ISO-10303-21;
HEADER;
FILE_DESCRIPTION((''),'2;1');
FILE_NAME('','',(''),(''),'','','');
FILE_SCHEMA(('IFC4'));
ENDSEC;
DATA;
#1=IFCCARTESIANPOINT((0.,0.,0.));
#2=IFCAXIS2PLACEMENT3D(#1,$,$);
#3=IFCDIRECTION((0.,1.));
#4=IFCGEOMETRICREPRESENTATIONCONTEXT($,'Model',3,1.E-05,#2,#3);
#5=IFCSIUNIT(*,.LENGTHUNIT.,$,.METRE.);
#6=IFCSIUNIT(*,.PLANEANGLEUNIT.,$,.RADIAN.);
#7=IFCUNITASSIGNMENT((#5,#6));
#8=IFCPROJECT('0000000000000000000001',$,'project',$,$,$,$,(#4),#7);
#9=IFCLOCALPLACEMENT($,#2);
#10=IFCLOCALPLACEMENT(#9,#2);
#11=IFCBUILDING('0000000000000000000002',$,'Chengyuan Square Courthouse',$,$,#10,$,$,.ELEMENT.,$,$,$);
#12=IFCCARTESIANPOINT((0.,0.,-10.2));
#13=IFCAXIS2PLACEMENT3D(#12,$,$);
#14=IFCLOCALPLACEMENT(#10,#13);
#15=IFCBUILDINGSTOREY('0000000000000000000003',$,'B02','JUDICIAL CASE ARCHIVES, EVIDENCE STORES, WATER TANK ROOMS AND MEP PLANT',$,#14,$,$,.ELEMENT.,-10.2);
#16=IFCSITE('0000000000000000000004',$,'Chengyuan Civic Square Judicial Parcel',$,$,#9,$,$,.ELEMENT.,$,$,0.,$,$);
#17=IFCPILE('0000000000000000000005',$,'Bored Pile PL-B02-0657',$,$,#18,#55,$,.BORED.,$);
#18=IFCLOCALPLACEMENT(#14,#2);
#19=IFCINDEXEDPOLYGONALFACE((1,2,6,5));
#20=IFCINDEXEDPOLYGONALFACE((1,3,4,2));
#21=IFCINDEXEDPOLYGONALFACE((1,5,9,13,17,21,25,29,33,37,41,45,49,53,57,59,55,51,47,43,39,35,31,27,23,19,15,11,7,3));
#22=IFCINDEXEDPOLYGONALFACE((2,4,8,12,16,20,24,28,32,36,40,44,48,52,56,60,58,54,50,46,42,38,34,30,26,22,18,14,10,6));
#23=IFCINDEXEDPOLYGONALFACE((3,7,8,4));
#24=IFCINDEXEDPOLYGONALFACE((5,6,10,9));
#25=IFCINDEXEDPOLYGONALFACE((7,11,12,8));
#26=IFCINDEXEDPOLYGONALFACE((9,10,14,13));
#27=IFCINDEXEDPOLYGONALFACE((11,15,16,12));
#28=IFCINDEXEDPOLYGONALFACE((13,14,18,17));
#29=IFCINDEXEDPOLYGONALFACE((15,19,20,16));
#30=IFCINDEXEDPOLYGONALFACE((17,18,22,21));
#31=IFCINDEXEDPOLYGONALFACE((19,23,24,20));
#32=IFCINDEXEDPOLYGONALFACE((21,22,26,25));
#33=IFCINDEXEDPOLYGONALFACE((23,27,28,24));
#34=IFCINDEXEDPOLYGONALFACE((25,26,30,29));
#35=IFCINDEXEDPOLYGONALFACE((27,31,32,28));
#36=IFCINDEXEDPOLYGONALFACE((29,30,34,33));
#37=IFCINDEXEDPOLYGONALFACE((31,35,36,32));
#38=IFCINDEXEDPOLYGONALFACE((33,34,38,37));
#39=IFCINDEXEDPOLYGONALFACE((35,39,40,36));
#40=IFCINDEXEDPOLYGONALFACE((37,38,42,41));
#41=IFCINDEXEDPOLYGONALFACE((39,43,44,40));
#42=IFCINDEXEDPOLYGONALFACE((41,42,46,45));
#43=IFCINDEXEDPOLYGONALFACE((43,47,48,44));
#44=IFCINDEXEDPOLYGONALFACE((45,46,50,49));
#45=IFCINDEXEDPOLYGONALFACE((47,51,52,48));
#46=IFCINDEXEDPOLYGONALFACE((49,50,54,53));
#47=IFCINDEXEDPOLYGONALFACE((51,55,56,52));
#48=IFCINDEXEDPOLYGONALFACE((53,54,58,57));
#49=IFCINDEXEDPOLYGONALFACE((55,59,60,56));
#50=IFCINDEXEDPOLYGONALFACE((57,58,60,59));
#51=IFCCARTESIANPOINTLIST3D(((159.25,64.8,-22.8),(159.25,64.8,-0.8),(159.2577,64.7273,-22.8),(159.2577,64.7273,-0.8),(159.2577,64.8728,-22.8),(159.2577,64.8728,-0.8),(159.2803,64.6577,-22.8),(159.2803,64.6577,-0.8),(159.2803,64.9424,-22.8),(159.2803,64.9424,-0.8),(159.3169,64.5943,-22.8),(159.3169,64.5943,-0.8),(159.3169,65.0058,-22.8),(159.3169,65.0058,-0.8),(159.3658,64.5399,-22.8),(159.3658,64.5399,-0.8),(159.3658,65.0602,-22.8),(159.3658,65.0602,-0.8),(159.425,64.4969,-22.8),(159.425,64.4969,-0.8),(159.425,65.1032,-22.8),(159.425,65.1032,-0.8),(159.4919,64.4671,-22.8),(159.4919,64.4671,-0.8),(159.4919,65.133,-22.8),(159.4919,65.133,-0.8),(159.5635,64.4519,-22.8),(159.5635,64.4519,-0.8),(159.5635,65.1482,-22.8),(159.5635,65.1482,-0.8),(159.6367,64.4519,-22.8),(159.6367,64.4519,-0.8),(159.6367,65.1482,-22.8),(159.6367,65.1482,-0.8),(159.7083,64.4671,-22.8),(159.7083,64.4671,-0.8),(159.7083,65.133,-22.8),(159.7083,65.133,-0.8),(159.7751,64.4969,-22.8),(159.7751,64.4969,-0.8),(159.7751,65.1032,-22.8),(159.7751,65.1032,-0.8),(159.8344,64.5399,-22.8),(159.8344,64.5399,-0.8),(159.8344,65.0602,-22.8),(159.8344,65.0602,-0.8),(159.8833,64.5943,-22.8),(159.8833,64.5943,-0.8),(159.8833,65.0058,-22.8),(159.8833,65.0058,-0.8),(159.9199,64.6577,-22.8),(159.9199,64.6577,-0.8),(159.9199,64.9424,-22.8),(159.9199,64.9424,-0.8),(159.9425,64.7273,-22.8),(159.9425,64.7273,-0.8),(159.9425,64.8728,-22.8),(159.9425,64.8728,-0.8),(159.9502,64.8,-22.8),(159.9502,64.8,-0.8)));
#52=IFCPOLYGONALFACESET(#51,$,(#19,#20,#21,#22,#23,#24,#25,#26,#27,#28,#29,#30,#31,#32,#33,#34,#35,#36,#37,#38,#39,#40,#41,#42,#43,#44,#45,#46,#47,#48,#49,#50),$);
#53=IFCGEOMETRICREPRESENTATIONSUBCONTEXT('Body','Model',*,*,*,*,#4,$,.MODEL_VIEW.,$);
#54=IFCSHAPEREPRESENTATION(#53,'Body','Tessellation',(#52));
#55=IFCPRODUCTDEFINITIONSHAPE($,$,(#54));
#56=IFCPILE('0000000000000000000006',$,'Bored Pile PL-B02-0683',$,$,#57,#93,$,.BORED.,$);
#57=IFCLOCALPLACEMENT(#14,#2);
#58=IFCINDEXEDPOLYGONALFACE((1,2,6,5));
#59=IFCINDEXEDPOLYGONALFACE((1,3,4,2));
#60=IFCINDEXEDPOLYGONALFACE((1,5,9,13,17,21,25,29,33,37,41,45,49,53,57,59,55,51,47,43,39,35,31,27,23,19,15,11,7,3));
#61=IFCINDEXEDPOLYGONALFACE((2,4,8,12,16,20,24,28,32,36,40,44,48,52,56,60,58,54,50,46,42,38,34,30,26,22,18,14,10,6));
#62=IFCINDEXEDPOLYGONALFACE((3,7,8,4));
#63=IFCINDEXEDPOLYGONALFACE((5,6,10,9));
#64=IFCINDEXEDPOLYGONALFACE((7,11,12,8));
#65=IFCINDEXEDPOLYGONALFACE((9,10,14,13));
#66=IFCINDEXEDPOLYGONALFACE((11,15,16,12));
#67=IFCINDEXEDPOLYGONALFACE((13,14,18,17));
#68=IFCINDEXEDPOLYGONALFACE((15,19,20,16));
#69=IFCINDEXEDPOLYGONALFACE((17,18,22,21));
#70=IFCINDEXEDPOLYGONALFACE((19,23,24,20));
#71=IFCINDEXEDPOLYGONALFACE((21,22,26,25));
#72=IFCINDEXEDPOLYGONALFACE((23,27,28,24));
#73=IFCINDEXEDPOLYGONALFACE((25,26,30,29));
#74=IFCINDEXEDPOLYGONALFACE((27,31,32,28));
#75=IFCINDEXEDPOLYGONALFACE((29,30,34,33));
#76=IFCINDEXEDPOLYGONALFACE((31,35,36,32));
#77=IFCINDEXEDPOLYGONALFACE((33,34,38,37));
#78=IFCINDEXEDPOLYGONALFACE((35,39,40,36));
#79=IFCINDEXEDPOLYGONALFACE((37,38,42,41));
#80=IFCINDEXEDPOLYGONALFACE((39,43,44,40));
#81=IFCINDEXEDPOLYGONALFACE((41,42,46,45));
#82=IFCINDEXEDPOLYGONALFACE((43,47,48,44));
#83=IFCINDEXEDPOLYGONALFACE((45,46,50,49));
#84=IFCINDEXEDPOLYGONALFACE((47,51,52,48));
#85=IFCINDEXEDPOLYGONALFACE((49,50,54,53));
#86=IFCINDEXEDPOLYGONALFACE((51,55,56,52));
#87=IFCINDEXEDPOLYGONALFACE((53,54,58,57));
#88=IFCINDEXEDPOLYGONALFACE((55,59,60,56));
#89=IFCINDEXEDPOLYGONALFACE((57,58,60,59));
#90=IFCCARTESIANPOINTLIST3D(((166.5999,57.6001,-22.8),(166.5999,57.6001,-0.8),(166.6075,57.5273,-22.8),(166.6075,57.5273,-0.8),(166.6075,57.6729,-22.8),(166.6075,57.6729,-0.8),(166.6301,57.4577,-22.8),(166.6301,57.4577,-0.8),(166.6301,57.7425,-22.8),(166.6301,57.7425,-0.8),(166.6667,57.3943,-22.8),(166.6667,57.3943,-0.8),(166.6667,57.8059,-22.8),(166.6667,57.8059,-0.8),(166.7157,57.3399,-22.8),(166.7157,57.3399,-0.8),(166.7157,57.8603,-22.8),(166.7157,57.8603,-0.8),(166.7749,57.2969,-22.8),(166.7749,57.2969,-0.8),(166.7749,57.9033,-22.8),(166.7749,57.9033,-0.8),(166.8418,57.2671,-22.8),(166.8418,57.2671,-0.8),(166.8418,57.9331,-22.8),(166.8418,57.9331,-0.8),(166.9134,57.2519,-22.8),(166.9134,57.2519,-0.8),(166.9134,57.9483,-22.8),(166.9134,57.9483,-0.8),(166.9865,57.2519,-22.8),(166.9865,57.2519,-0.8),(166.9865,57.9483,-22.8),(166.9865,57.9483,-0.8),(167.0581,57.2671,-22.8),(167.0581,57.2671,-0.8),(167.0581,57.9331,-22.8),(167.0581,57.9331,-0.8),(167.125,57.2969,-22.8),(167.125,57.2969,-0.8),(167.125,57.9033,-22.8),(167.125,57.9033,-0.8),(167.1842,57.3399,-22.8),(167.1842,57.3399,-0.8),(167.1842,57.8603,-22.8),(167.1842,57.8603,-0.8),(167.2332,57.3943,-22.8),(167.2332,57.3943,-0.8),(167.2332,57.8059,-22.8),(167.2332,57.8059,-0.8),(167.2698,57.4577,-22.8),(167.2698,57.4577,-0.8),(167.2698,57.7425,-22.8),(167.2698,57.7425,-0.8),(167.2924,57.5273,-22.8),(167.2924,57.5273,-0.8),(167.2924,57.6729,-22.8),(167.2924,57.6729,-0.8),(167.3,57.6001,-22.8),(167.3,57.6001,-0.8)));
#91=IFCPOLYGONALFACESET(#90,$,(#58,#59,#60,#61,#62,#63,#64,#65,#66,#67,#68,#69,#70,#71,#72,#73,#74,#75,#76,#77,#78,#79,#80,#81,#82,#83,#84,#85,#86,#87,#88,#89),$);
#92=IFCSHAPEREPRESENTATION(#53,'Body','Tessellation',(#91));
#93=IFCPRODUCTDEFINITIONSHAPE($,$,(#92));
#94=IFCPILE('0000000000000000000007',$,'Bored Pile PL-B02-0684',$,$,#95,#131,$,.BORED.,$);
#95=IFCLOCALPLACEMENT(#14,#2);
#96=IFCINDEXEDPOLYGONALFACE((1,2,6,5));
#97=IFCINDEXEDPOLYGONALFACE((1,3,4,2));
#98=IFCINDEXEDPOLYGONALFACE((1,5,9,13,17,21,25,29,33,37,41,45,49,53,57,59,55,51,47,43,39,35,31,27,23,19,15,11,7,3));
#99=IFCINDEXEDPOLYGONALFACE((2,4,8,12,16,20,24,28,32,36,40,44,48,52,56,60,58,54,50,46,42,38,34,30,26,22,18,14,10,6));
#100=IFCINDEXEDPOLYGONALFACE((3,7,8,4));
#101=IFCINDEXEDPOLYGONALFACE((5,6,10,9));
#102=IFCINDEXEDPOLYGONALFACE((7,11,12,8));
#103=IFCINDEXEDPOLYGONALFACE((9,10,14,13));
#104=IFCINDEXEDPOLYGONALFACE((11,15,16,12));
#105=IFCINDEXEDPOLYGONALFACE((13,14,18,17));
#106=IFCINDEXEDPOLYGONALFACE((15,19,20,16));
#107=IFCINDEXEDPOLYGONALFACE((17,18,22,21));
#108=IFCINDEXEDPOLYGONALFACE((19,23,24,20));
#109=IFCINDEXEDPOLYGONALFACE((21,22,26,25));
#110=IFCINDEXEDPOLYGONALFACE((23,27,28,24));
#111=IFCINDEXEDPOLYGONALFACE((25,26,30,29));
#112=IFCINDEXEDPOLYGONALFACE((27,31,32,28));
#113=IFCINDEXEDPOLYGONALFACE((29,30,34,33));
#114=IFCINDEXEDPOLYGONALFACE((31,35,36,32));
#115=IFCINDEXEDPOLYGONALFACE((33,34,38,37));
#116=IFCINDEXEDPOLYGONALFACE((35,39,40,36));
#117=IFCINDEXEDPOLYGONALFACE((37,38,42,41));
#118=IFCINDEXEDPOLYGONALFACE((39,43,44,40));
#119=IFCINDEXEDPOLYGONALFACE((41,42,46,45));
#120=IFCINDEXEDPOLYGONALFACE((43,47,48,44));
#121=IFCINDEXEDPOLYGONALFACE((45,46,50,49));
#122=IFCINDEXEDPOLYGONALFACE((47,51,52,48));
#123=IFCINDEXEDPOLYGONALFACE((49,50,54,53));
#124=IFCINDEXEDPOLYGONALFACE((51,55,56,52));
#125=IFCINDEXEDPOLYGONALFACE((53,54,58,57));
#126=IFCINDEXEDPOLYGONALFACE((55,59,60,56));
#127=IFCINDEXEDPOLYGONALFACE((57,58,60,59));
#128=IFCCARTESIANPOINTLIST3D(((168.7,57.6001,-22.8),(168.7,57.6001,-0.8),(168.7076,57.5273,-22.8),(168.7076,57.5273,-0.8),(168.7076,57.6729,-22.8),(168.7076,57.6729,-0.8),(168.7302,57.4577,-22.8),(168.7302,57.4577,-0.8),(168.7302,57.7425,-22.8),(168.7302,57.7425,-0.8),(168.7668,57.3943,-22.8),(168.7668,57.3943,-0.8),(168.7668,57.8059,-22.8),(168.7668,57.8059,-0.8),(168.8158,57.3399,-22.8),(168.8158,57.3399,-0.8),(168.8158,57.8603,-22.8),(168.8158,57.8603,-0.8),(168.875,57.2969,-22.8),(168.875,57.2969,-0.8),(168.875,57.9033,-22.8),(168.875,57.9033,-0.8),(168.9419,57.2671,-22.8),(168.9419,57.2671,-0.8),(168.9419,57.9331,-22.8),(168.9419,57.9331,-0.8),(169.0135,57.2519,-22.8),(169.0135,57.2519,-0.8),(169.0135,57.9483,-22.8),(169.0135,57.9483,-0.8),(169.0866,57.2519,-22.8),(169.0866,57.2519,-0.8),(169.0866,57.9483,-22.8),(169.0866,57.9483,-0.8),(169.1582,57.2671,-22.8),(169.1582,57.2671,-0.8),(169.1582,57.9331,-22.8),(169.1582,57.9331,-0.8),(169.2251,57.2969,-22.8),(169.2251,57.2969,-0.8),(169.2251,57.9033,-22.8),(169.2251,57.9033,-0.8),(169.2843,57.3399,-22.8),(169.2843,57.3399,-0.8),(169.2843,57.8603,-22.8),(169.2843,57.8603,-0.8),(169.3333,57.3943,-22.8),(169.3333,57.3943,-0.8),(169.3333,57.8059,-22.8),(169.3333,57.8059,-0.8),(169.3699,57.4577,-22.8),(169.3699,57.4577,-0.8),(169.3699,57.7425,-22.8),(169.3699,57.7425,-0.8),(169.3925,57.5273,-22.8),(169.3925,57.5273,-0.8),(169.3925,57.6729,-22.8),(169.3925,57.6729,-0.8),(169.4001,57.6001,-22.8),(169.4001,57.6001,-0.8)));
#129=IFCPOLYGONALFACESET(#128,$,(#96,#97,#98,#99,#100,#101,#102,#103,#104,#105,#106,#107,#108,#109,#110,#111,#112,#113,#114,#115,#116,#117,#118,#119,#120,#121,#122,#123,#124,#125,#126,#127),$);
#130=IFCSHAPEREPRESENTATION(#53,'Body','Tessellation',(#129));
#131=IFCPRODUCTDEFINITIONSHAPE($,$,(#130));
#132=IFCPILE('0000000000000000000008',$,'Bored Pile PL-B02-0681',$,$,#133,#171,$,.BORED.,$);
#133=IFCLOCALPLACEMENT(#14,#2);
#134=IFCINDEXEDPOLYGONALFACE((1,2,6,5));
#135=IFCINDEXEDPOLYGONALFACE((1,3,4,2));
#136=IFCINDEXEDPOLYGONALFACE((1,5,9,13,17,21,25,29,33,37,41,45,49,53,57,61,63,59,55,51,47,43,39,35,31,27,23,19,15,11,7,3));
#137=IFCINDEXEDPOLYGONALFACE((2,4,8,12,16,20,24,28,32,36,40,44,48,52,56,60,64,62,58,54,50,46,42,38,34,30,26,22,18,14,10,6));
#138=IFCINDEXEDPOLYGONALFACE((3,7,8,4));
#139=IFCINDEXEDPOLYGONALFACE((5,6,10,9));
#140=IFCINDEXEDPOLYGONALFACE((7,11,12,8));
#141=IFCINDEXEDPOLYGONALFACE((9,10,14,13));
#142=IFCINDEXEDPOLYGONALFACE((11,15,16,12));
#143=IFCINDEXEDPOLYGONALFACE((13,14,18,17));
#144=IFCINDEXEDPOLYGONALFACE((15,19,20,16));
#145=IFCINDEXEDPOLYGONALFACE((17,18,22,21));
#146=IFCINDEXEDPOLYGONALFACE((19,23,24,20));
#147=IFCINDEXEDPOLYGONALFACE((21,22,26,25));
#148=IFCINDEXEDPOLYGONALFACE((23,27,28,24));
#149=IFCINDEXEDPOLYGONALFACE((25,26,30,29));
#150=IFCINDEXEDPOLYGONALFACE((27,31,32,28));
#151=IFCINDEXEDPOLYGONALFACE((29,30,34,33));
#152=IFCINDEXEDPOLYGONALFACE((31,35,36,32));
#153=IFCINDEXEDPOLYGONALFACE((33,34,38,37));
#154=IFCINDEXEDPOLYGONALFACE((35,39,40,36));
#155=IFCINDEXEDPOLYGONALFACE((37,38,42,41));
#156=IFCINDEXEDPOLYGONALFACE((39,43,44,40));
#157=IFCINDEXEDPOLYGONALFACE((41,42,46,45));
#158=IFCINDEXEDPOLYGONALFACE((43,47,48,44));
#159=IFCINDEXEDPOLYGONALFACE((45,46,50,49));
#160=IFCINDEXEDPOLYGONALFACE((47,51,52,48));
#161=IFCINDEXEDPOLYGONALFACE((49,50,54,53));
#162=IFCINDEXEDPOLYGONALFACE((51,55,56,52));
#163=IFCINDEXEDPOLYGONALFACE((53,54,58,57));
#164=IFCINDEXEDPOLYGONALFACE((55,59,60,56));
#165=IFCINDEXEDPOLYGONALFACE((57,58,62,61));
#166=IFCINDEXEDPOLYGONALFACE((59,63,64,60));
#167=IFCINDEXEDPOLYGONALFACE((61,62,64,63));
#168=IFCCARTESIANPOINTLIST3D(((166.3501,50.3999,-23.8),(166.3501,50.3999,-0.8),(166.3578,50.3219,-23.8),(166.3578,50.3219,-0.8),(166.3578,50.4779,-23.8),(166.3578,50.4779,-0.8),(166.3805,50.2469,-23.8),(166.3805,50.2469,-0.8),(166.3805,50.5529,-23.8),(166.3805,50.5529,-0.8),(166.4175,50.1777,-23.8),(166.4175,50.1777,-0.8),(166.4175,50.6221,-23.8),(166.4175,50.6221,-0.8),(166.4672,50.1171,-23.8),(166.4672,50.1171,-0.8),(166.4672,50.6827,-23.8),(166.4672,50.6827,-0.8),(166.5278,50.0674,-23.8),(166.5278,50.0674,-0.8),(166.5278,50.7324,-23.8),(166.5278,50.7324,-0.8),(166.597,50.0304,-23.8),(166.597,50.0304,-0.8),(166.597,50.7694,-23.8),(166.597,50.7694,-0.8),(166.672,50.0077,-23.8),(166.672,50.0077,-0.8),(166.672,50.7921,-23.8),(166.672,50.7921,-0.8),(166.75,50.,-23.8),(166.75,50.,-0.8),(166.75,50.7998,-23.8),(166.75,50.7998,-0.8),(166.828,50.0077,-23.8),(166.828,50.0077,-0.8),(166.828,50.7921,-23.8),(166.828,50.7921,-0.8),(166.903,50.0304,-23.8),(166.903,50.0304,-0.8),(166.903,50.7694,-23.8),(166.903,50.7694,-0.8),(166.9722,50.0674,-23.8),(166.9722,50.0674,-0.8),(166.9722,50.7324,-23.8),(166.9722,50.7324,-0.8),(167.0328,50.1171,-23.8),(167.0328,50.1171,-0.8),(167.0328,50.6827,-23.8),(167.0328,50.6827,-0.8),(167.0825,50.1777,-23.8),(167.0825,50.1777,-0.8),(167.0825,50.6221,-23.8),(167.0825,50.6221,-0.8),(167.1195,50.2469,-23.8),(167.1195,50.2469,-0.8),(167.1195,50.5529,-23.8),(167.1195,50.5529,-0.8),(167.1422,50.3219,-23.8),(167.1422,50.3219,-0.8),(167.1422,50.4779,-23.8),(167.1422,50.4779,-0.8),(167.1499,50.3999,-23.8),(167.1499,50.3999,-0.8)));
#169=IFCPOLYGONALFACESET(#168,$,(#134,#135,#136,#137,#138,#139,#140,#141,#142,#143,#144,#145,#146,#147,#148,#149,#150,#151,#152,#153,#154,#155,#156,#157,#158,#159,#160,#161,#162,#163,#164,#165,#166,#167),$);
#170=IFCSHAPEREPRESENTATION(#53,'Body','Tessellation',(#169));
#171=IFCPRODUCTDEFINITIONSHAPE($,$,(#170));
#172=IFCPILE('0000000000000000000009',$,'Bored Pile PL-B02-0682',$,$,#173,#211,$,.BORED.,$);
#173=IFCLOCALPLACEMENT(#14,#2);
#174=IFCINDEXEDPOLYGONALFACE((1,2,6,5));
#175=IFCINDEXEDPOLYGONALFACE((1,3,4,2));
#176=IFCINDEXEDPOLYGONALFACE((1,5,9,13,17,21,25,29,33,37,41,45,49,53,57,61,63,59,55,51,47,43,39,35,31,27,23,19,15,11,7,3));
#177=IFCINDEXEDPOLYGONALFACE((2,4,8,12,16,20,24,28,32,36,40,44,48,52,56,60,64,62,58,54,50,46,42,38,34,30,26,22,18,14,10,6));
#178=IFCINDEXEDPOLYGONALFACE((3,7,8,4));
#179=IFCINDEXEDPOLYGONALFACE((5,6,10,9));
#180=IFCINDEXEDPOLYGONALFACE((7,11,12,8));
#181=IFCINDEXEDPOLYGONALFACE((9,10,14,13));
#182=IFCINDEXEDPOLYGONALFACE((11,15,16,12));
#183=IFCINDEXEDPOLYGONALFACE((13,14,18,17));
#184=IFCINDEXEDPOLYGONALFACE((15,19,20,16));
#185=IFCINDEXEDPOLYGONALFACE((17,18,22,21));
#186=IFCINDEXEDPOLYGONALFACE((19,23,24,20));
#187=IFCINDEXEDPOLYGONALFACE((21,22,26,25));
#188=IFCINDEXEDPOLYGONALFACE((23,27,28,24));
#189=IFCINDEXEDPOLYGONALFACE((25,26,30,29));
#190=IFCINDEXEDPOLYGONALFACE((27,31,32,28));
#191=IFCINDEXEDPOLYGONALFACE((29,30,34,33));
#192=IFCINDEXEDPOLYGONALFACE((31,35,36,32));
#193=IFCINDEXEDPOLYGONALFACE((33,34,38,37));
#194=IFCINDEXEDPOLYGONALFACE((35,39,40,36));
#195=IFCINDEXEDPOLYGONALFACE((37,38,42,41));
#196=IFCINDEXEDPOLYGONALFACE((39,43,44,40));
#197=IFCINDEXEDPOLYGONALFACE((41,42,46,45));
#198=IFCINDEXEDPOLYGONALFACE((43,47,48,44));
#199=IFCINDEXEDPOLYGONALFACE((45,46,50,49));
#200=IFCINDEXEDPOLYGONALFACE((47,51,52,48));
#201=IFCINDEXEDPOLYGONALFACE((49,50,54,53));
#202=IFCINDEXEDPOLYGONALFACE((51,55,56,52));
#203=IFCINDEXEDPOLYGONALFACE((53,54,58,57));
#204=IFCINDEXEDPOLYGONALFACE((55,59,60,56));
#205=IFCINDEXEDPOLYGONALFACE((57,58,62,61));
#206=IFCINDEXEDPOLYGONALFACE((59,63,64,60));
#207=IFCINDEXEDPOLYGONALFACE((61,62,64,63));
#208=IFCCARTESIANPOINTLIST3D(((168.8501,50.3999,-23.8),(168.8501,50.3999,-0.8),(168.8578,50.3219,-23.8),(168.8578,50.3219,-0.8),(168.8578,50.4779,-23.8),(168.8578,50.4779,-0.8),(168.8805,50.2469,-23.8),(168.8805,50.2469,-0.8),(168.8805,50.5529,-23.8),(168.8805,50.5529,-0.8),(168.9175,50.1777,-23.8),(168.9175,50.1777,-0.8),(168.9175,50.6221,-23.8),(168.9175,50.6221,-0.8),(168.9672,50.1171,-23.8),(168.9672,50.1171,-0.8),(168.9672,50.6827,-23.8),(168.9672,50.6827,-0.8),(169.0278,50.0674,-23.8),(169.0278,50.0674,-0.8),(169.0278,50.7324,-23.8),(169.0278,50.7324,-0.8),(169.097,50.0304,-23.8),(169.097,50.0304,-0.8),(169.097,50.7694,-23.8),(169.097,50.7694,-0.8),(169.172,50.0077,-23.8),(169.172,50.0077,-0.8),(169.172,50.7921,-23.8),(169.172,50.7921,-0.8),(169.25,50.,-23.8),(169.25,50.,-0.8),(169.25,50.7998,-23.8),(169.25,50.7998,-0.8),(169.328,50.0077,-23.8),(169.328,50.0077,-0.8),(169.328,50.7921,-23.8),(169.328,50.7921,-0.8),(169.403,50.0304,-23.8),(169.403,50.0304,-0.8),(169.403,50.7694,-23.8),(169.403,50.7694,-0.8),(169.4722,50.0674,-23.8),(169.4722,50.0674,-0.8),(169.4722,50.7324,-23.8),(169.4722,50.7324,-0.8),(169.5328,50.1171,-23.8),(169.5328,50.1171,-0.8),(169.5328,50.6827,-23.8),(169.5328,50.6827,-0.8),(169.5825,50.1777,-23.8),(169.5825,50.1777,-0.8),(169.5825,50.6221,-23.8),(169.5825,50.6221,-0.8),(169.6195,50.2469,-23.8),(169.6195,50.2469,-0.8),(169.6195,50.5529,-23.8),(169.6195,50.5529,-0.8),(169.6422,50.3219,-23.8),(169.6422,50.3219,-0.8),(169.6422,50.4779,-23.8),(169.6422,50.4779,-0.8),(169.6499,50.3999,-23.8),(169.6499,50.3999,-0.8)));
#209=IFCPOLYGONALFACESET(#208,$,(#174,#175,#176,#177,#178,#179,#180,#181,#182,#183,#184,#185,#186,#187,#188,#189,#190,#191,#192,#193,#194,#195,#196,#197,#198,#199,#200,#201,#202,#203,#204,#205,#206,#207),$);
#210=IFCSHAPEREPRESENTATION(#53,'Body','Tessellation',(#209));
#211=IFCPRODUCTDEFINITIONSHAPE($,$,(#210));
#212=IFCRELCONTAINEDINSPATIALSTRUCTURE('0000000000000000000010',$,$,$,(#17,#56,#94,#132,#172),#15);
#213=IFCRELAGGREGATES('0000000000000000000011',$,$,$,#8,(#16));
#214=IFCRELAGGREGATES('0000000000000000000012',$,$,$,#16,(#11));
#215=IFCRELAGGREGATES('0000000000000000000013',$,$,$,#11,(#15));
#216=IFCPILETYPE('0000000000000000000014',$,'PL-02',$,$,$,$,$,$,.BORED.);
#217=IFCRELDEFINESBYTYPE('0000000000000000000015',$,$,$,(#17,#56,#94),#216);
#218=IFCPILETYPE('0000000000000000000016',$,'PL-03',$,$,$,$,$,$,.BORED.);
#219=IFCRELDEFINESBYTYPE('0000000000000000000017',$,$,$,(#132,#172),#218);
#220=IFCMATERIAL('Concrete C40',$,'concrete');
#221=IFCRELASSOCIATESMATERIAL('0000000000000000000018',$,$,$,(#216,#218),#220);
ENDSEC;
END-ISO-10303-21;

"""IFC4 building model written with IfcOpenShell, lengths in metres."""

from ifc_helpers import new_model, si_unit, direction, frame, origin, origin_2d, place, context, subcontext, project, spatial, circle, extrude, material, material_profile, profile_set, type_object, element, save


model = new_model("IFC4")

# Units and contexts
model_context = context("Model", 3, precision=1e-05, world=origin(), true_north=direction((0.0, 1.0)))
body_context = subcontext(model_context, "Body", "Model", "MODEL_VIEW")
ifc_project = project(units=[si_unit("LENGTHUNIT", "METRE"), si_unit("PLANEANGLEUNIT", "RADIAN")], contexts=[model_context])

# Site, building, storey
site_placement = place(None, origin())
site = spatial("IfcSite", under=ifc_project, at=site_placement, Name="Chengyuan Civic Square Judicial Parcel", CompositionType="ELEMENT", RefElevation=0.0)
building_placement = place(site_placement, origin())
building = spatial("IfcBuilding", under=site, at=building_placement, Name="Chengyuan Square Courthouse", CompositionType="ELEMENT")
storey_placement = place(building_placement, frame((0.0, 0.0, -10.2)))
storey = spatial("IfcBuildingStorey", under=building, at=storey_placement, Name="B02", Description="JUDICIAL CASE ARCHIVES, EVIDENCE STORES, WATER TANK ROOMS AND MEP PLANT", CompositionType="ELEMENT", Elevation=-10.2)

# Shared definitions
ifc_material_1 = material(Name="Concrete C40", Category="concrete")

# Piles
ifc_material_profile_1 = material_profile(ifc_material_1, circle(Radius=0.3501, at=origin_2d()), Name="BORED PILE D700")
ifc_profile_set_1 = profile_set([ifc_material_profile_1], Name="Concrete C40")
pile_type_1 = type_object("IfcPileType", Name="PL-02", PredefinedType="BORED", material=ifc_profile_set_1)
for number, where, z_axis, x_axis, name in (
    (1, (159.6001, 64.8, -0.8), (0.0, 0.0, -1.0), (1.0, 0.0, 0.0), "Bored Pile PL-B02-0657"),
    (2, (166.95, 57.6001, -0.8), (0.0, 0.0, -1.0), (1.0, 0.0, 0.0), "Bored Pile PL-B02-0683"),
    (3, (169.05, 57.6001, -0.8), (0.0, 0.0, -1.0), (1.0, 0.0, 0.0), "Bored Pile PL-B02-0684"),
):
    element("IfcPile", number, at=place(storey_placement, frame(where, z_axis=z_axis, x_axis=x_axis)), inside=storey, type_object=pile_type_1, Name=name, PredefinedType="BORED", context=body_context, shape_type="SweptSolid", body=[
        extrude(circle(Radius=0.3501, at=origin_2d()), origin(), (0.0, 0.0, 1.0), 22.0),
    ])
ifc_material_profile_2 = material_profile(ifc_material_1, circle(Radius=0.3999, at=origin_2d()), Name="BORED PILE D800")
ifc_profile_set_2 = profile_set([ifc_material_profile_2], Name="Concrete C40")
pile_type_2 = type_object("IfcPileType", Name="PL-03", PredefinedType="BORED", material=ifc_profile_set_2)
for number, where, z_axis, x_axis, name in (
    (4, (166.75, 50.3999, -0.8), (0.0, 0.0, -1.0), (1.0, 0.0, 0.0), "Bored Pile PL-B02-0681"),
    (5, (169.25, 50.3999, -0.8), (0.0, 0.0, -1.0), (1.0, 0.0, 0.0), "Bored Pile PL-B02-0682"),
):
    element("IfcPile", number, at=place(storey_placement, frame(where, z_axis=z_axis, x_axis=x_axis)), inside=storey, type_object=pile_type_2, Name=name, PredefinedType="BORED", context=body_context, shape_type="SweptSolid", body=[
        extrude(circle(Radius=0.3999, at=origin_2d()), origin(), (0.0, 0.0, 1.0), 23.0),
    ])

save(model, "model.ifc")
